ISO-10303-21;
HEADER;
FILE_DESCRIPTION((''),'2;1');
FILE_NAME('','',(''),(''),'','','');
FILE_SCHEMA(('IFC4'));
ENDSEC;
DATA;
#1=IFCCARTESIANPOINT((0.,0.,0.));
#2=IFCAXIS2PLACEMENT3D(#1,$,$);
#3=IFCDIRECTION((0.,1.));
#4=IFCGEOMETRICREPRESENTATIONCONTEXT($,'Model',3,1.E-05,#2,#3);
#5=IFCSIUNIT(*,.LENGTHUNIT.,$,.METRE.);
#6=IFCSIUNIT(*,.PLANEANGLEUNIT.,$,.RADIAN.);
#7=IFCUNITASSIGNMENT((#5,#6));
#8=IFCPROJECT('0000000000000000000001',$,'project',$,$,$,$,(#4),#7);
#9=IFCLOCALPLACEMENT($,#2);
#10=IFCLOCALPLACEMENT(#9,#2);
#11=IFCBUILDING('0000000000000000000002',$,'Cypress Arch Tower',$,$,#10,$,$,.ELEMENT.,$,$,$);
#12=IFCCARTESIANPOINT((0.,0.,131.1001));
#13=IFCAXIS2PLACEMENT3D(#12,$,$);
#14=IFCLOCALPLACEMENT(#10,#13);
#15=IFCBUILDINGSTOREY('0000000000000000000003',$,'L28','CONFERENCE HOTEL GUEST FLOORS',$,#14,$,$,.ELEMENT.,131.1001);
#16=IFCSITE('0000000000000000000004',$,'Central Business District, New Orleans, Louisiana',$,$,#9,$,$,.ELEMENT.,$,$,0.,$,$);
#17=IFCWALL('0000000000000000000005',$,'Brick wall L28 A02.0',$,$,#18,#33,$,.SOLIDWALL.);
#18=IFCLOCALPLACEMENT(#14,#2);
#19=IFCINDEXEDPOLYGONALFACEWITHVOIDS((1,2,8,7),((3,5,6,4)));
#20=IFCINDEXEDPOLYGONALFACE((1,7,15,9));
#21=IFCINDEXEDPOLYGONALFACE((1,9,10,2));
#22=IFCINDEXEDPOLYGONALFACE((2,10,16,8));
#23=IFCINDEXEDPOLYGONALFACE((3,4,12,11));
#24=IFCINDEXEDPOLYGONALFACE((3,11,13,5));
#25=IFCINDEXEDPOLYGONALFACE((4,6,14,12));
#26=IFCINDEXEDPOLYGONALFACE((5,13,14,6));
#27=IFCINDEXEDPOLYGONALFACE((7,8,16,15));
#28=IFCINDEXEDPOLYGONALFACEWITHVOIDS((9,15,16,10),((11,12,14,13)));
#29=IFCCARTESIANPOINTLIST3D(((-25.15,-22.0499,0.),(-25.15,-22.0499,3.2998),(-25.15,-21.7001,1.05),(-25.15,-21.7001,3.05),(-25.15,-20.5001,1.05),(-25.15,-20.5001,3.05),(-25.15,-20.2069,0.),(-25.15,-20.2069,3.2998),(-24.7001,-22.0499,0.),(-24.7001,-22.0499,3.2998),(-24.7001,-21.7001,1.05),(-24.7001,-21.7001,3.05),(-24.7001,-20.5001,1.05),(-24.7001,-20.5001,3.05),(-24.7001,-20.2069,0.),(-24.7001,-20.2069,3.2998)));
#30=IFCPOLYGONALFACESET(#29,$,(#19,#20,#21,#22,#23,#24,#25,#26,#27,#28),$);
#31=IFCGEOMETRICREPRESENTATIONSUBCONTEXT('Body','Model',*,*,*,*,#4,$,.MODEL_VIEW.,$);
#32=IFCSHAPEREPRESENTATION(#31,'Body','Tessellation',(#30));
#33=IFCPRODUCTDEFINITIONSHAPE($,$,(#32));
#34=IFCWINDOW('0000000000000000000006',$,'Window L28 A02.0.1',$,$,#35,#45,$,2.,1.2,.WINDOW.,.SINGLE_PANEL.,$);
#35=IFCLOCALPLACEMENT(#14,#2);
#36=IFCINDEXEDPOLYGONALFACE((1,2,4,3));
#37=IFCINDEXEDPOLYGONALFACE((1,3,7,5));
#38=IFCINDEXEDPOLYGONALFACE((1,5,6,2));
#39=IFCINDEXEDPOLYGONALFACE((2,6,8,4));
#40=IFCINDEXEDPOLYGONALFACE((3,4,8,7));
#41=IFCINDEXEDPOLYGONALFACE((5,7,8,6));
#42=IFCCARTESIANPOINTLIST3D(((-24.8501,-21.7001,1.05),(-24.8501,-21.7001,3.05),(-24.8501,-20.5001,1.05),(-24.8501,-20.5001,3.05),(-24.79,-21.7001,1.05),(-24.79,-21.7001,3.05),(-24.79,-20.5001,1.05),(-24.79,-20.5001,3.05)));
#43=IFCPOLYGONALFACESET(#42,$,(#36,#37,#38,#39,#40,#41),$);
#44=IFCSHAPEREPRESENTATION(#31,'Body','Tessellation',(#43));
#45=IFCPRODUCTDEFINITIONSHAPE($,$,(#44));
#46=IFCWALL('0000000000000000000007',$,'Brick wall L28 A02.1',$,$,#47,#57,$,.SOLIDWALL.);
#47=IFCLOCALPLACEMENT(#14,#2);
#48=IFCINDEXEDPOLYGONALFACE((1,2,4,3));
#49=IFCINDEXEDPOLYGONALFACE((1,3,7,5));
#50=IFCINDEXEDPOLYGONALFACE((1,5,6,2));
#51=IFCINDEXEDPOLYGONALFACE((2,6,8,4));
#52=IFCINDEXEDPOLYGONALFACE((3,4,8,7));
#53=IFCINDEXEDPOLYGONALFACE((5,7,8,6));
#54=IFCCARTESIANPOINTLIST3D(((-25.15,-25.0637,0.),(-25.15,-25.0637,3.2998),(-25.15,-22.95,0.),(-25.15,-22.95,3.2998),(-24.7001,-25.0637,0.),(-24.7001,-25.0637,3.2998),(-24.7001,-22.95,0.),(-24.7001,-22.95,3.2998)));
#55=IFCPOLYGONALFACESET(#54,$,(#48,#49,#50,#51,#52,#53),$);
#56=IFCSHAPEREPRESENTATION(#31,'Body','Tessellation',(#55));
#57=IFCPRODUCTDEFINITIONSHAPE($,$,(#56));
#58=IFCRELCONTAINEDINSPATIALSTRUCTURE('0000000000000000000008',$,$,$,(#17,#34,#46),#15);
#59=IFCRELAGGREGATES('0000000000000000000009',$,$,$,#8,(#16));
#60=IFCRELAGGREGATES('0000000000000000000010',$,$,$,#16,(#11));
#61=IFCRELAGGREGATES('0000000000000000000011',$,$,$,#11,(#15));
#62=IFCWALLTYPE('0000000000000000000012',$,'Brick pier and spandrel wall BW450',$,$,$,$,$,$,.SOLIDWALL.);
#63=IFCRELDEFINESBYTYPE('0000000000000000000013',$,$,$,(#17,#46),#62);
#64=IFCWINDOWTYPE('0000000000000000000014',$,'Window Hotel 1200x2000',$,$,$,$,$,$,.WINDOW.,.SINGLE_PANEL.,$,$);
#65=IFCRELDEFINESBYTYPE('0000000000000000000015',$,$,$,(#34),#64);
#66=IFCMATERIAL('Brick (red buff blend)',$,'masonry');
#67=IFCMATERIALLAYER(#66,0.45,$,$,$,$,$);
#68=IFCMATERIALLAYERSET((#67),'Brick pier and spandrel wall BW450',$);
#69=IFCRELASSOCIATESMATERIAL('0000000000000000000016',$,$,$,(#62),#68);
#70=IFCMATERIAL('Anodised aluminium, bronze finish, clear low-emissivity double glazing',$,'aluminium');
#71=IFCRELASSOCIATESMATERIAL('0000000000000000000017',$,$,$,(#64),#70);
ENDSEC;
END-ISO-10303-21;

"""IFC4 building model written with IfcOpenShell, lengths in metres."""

from ifc_helpers import new_model, si_unit, direction, frame, frame_2d, origin, place, context, subcontext, project, spatial, rectangle, extrude, material, layer, layer_set, type_object, element, fill, save


model = new_model("IFC4")

# Units and contexts
model_context = context("Model", 3, precision=1e-05, world=origin(), true_north=direction((0.0, 1.0)))
body_context = subcontext(model_context, "Body", "Model", "MODEL_VIEW")
ifc_project = project(units=[si_unit("LENGTHUNIT", "METRE"), si_unit("PLANEANGLEUNIT", "RADIAN")], contexts=[model_context])

# Site, building, storey
site_placement = place(None, origin())
site = spatial("IfcSite", under=ifc_project, at=site_placement, Name="Central Business District, New Orleans, Louisiana", CompositionType="ELEMENT", RefElevation=0.0)
building_placement = place(site_placement, origin())
building = spatial("IfcBuilding", under=site, at=building_placement, Name="Cypress Arch Tower", CompositionType="ELEMENT")
storey_placement = place(building_placement, frame((0.0, 0.0, 131.1001)))
storey = spatial("IfcBuildingStorey", under=building, at=storey_placement, Name="L28", Description="CONFERENCE HOTEL GUEST FLOORS", CompositionType="ELEMENT", Elevation=131.1001)

# Wall, opening, window
ifc_material_1 = material(Name="Brick (red buff blend)", Category="masonry")
ifc_layer_1 = layer(ifc_material_1, 0.45)
ifc_layer_set_1 = layer_set([ifc_layer_1], Name="Brick pier and spandrel wall BW450")
wall_type_1 = type_object("IfcWallType", Name="Brick pier and spandrel wall BW450", PredefinedType="SOLIDWALL", material=ifc_layer_set_1)
wall_1_placement = place(storey_placement, frame((-24.925, -20.207, 0.0), z_axis=(0.0, 0.0, 1.0), x_axis=(0.0, -1.0, 0.0)))
wall_1 = element("IfcWall", 1, at=wall_1_placement, inside=storey, type_object=wall_type_1, Name="Brick wall L28 A02.0", PredefinedType="SOLIDWALL", context=body_context, shape_type="SweptSolid", body=[
    extrude(rectangle(XDim=1.843, YDim=0.45, at=frame_2d((0.9214, 0.0))), origin(), (0.0, 0.0, 1.0), 3.2998),
])
opening_1_placement = place(wall_1_placement, frame((0.293, 0.0, 1.05)))
opening_1 = element("IfcOpeningElement", 2, at=opening_1_placement, cuts=wall_1, PredefinedType="OPENING", context=body_context, shape_type="SweptSolid", body=[
    extrude(rectangle(XDim=1.2, YDim=2.0, at=frame_2d((0.6001, 1.0))), frame((0.0, 0.2349, 0.0), z_axis=(0.0, -1.0, 0.0), x_axis=(1.0, 0.0, 0.0)), (0.0, 0.0, 1.0), 0.47),
])
ifc_material_2 = material(Name="Anodised aluminium, bronze finish, clear low-emissivity double glazing", Category="aluminium")
window_type_1 = type_object("IfcWindowType", Name="Window Hotel 1200x2000", PartitioningType="SINGLE_PANEL", PredefinedType="WINDOW", material=ifc_material_2)
window_1_placement = place(opening_1_placement, origin())
window_1 = element("IfcWindow", 3, at=window_1_placement, inside=storey, type_object=window_type_1, Name="Window L28 A02.0.1", OverallHeight=2.0, OverallWidth=1.2, PartitioningType="SINGLE_PANEL", PredefinedType="WINDOW", context=body_context, shape_type="SweptSolid", body=[
    extrude(rectangle(XDim=1.2, YDim=2.0, at=frame_2d((0.6001, 1.0))), frame((0.0, 0.135, 0.0), z_axis=(0.0, -1.0, 0.0), x_axis=(1.0, 0.0, 0.0)), (0.0, 0.0, 1.0), 0.0601),
])
fill(opening_1, window_1)

# Wall
wall_2_placement = place(storey_placement, frame((-24.925, -22.95, 0.0), z_axis=(0.0, 0.0, 1.0), x_axis=(0.0, -1.0, 0.0)))
element("IfcWall", 4, at=wall_2_placement, inside=storey, type_object=wall_type_1, Name="Brick wall L28 A02.1", PredefinedType="SOLIDWALL", context=body_context, shape_type="SweptSolid", body=[
    extrude(rectangle(XDim=2.1138, YDim=0.45, at=frame_2d((1.0569, 0.0))), origin(), (0.0, 0.0, 1.0), 3.2998),
])

save(model, "model.ifc")
